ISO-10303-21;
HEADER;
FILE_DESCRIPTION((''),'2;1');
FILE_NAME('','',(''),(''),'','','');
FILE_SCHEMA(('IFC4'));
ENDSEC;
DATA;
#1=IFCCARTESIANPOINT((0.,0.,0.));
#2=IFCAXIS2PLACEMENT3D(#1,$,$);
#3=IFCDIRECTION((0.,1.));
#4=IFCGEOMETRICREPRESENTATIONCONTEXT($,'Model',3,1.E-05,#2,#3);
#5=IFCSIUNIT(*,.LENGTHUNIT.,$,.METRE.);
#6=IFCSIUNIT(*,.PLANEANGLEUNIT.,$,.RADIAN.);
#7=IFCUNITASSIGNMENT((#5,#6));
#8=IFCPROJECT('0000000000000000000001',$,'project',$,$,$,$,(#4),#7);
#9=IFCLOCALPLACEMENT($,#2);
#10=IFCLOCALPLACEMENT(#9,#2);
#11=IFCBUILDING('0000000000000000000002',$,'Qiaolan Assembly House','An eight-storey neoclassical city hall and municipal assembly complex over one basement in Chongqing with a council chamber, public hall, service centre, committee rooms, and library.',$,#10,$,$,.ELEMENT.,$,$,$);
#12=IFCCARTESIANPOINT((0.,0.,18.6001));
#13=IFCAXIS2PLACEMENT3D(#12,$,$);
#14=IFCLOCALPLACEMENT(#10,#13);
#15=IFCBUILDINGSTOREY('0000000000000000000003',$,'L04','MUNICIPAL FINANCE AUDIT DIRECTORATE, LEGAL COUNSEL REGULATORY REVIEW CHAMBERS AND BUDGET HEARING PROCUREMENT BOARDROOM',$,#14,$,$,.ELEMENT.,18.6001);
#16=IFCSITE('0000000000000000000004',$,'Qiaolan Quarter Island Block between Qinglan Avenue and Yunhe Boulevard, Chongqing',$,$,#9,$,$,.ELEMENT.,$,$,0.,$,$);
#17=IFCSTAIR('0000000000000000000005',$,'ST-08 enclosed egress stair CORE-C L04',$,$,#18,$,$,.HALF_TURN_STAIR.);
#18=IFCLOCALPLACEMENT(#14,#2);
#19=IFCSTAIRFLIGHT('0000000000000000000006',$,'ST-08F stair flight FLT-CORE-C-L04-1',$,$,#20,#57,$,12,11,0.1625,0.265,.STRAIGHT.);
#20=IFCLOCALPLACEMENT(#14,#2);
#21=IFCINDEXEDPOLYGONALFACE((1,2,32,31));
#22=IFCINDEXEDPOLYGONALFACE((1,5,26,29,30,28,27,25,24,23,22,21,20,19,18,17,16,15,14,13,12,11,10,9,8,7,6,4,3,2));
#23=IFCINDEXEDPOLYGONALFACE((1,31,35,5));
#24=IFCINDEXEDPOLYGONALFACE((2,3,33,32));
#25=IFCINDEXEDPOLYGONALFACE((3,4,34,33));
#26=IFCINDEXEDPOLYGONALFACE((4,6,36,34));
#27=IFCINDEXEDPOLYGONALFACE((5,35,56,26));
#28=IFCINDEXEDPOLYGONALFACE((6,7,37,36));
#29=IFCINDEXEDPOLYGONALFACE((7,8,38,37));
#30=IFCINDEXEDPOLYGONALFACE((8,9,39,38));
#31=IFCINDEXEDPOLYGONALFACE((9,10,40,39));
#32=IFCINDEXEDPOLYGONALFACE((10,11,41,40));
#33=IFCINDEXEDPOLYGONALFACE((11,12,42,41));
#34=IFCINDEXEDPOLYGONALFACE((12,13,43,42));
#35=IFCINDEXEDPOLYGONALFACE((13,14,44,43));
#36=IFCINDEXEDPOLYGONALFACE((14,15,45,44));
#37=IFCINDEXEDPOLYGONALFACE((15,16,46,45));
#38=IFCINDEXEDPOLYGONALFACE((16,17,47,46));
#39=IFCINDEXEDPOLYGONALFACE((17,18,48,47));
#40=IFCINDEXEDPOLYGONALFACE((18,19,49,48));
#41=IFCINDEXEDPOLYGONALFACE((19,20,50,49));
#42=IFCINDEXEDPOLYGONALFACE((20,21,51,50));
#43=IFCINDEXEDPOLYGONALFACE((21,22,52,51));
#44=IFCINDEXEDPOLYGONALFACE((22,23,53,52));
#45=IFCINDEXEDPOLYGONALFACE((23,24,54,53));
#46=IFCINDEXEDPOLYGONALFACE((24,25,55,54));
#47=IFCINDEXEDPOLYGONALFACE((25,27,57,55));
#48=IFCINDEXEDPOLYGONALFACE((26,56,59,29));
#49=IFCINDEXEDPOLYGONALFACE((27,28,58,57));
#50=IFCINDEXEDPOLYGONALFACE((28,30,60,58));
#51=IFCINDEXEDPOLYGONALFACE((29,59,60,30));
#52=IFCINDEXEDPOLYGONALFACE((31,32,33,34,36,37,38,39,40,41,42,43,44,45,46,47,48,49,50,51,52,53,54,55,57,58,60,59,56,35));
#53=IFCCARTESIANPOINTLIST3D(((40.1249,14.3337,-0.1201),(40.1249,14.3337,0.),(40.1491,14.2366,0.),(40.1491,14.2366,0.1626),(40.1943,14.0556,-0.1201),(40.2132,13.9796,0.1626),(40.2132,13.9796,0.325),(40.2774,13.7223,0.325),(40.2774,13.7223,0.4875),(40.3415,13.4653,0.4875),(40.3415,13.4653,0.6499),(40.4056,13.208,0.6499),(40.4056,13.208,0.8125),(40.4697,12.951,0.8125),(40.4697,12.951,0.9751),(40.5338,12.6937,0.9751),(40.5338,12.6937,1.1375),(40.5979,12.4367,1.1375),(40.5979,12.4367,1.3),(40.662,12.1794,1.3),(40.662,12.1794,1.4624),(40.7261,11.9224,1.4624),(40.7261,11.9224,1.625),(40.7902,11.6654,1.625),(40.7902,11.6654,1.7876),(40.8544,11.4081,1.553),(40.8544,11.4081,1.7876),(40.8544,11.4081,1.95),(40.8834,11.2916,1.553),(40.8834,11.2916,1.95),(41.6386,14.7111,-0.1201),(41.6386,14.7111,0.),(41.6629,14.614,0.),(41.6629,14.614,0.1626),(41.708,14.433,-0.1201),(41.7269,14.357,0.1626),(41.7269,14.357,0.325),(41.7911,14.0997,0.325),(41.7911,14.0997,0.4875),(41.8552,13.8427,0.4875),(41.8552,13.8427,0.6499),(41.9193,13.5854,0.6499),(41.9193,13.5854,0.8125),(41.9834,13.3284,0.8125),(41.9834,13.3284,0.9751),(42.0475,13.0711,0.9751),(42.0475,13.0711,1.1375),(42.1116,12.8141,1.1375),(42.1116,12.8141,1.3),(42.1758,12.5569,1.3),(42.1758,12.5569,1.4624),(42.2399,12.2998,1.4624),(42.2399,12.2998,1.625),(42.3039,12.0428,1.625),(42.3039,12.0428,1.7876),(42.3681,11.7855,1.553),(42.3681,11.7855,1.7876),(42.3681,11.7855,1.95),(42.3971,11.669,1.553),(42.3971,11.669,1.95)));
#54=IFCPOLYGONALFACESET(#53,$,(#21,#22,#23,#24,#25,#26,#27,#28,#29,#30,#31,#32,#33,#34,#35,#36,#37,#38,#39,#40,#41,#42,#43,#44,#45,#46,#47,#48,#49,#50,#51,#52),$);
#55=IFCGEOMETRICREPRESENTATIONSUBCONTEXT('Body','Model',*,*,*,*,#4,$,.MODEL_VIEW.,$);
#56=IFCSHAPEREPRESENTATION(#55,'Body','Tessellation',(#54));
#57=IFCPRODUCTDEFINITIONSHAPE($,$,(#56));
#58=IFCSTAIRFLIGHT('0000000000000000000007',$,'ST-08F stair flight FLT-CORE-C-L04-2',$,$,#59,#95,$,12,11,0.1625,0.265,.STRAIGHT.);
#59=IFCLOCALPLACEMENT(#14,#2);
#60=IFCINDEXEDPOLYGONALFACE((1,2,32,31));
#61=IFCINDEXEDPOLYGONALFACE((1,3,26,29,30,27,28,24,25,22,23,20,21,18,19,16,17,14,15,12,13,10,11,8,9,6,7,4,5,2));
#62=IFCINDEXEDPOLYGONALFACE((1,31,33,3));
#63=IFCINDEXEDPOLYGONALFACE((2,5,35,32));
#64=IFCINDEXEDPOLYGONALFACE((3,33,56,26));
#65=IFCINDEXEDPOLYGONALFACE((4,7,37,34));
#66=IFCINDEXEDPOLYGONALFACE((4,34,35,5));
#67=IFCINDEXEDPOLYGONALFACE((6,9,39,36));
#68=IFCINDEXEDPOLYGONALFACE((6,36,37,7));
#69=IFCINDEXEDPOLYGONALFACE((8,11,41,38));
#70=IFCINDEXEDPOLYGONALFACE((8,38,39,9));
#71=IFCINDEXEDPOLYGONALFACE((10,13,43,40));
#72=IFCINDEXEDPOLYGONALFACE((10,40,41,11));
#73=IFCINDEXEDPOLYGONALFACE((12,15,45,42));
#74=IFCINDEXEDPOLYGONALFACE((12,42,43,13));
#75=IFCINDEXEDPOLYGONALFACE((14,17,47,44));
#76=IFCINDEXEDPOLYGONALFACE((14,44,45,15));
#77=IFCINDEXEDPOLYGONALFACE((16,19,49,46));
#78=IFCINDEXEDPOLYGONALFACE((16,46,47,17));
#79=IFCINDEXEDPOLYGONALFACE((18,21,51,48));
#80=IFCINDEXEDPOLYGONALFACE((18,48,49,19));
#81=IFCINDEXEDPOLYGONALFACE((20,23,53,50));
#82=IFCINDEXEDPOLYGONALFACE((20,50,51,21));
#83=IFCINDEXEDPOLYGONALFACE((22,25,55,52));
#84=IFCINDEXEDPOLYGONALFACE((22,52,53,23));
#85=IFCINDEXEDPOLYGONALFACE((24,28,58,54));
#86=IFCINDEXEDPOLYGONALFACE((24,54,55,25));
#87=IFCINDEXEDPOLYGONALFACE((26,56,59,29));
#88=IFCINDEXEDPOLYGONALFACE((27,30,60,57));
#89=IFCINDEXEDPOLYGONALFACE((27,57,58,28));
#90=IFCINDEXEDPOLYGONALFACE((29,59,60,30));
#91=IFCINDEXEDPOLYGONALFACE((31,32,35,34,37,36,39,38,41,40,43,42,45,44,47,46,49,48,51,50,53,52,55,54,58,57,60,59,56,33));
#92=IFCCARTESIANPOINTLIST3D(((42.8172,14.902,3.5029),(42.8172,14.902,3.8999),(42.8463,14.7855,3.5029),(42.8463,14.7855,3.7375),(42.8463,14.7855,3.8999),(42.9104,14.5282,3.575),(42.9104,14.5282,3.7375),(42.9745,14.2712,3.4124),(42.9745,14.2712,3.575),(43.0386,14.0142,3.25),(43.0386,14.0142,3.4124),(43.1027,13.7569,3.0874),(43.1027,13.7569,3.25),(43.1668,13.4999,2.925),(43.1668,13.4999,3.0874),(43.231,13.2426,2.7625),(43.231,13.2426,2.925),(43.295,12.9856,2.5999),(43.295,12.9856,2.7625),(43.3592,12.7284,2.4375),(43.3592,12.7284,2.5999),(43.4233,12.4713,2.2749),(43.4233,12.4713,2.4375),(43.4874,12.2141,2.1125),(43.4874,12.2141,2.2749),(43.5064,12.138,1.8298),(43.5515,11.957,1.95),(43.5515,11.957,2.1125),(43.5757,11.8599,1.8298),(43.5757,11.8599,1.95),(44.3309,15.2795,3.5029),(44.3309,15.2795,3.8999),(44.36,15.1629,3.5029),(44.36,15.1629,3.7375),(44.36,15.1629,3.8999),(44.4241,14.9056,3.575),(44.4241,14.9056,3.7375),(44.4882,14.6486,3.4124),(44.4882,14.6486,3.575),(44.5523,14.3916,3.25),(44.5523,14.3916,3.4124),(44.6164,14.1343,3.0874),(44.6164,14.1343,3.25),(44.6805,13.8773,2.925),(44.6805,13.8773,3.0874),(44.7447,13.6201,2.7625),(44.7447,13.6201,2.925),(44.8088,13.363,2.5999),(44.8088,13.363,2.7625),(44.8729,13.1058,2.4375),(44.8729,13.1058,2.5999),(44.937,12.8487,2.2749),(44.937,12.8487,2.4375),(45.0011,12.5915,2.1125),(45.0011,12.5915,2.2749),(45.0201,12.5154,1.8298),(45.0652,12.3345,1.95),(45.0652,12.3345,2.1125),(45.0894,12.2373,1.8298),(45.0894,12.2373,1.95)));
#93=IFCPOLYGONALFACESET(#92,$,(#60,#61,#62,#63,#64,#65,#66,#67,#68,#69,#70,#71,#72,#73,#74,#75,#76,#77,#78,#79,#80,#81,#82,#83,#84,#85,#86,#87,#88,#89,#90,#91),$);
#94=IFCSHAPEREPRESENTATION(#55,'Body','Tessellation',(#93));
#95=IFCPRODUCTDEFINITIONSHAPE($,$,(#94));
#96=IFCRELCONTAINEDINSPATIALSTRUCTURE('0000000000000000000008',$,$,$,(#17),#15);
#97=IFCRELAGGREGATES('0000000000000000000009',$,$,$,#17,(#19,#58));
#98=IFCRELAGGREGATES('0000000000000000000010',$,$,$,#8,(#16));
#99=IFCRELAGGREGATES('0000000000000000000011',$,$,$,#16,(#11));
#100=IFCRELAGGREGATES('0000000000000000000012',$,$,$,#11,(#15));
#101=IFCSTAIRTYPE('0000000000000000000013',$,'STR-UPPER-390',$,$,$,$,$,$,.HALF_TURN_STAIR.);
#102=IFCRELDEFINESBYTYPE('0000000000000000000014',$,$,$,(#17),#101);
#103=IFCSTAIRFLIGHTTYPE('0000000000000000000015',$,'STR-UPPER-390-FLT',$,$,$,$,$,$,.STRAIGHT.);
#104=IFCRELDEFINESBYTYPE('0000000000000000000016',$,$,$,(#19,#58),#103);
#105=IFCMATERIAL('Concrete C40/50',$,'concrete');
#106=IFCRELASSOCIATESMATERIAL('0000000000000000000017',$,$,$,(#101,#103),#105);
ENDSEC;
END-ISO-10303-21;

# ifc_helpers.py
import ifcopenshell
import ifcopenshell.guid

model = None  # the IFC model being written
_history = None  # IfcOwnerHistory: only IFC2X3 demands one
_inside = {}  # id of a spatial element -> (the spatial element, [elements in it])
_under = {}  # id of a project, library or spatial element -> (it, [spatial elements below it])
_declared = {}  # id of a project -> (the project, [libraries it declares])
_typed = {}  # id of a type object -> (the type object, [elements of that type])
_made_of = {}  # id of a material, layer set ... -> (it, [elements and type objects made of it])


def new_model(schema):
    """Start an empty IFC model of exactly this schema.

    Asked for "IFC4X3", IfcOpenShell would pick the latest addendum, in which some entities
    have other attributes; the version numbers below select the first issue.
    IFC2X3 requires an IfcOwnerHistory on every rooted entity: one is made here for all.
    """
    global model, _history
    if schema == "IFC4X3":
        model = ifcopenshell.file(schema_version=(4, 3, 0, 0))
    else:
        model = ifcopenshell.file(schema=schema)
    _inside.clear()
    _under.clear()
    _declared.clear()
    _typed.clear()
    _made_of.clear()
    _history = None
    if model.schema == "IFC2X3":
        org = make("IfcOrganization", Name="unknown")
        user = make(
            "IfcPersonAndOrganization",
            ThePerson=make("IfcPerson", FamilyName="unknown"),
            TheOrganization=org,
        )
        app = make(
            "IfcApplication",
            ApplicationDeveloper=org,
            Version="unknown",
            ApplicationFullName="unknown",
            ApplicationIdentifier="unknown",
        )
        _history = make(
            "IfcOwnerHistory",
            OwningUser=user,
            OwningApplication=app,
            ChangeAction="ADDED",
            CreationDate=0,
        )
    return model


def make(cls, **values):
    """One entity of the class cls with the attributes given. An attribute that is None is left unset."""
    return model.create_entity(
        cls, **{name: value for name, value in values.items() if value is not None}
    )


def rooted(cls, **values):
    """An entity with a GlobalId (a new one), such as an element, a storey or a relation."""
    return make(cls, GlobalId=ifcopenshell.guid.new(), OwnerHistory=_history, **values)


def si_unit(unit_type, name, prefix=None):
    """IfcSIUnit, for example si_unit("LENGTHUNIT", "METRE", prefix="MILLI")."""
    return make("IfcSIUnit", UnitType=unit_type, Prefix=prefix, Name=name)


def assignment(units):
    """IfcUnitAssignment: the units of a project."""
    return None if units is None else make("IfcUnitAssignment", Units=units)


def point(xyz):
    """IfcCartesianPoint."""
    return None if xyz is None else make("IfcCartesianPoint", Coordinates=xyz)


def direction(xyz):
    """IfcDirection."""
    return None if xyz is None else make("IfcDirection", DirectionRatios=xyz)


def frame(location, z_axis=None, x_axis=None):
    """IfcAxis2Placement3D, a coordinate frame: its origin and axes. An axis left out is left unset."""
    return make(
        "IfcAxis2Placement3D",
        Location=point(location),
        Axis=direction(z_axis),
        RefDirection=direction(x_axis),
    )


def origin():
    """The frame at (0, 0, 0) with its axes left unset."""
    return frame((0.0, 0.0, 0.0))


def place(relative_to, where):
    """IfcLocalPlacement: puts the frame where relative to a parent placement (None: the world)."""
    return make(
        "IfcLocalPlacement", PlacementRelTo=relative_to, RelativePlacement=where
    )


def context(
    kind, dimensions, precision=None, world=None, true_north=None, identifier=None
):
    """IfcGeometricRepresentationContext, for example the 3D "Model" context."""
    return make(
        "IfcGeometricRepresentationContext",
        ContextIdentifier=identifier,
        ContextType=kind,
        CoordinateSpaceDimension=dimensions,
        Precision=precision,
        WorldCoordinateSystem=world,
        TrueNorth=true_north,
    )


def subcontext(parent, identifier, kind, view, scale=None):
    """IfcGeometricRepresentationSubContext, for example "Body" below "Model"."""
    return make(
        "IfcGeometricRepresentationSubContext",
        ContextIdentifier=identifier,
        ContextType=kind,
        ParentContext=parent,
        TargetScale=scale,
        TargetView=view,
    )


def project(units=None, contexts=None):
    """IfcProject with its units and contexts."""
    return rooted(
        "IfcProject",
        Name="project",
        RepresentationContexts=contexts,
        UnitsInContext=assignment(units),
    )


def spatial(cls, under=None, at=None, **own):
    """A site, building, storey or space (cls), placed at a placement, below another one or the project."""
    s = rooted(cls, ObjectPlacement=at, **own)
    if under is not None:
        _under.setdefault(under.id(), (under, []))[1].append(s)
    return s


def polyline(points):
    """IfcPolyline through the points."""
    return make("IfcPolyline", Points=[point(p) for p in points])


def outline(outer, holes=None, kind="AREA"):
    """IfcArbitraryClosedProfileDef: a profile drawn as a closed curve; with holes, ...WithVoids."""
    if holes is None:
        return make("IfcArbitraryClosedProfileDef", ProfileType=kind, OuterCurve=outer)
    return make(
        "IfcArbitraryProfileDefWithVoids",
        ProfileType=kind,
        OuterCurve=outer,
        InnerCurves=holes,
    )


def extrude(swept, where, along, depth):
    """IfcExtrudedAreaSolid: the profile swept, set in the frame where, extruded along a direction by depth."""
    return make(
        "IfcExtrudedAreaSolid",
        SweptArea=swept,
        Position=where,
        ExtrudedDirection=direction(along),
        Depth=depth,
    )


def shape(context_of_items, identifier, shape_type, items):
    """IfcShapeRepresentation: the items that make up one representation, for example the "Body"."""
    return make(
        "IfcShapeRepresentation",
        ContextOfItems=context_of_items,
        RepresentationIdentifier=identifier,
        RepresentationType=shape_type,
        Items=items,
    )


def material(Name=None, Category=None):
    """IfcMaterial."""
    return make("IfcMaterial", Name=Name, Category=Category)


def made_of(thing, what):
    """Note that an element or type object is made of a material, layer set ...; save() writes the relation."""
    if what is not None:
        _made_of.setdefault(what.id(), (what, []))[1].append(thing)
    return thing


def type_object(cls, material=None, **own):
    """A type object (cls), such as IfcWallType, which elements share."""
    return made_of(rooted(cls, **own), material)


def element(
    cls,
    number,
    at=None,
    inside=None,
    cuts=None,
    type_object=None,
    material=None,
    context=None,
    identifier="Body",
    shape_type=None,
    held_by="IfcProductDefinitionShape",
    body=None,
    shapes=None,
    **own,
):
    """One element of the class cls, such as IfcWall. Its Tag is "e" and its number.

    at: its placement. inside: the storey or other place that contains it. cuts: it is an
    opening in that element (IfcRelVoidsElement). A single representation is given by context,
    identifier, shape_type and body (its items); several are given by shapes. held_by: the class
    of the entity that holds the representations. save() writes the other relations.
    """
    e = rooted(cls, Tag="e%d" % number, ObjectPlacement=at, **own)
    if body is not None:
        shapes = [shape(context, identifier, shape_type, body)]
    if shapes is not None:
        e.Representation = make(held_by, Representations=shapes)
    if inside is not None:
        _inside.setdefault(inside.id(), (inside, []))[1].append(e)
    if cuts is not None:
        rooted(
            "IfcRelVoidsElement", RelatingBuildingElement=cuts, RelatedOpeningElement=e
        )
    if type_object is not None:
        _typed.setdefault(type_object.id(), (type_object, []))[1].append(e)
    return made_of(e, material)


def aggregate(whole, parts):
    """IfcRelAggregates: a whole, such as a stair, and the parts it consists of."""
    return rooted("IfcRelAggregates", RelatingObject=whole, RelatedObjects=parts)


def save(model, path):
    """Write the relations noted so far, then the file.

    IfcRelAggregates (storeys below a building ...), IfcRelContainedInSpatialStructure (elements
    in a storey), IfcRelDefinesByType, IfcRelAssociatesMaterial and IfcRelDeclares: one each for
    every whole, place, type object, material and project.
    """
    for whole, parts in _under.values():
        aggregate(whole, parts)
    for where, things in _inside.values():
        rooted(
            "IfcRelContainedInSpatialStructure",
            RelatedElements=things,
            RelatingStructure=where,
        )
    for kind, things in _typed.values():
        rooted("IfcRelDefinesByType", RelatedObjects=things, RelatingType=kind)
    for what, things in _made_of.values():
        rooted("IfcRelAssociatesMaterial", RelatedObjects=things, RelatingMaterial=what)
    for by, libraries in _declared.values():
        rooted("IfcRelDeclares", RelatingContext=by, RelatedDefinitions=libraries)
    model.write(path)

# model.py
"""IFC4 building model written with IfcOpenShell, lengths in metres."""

from ifc_helpers import new_model, si_unit, direction, frame, origin, place, context, subcontext, project, spatial, polyline, outline, extrude, material, type_object, element, aggregate, save


model = new_model("IFC4")

# Units and contexts
model_context = context("Model", 3, precision=1e-05, world=origin(), true_north=direction((0.0, 1.0)))
body_context = subcontext(model_context, "Body", "Model", "MODEL_VIEW")
ifc_project = project(units=[si_unit("LENGTHUNIT", "METRE"), si_unit("PLANEANGLEUNIT", "RADIAN")], contexts=[model_context])

# Site, building, storey
site_placement = place(None, origin())
site = spatial("IfcSite", under=ifc_project, at=site_placement, Name="Qiaolan Quarter Island Block between Qinglan Avenue and Yunhe Boulevard, Chongqing", CompositionType="ELEMENT", RefElevation=0.0)
building_placement = place(site_placement, origin())
building = spatial("IfcBuilding", under=site, at=building_placement, Name="Qiaolan Assembly House", Description="An eight-storey neoclassical city hall and municipal assembly complex over one basement in Chongqing with a council chamber, public hall, service centre, committee rooms, and library.", CompositionType="ELEMENT")
storey_placement = place(building_placement, frame((0.0, 0.0, 18.6001)))
storey = spatial("IfcBuildingStorey", under=building, at=storey_placement, Name="L04", Description="MUNICIPAL FINANCE AUDIT DIRECTORATE, LEGAL COUNSEL REGULATORY REVIEW CHAMBERS AND BUDGET HEARING PROCUREMENT BOARDROOM", CompositionType="ELEMENT", Elevation=18.6001)

# Shared definitions
ifc_material_1 = material(Name="Concrete C40/50", Category="concrete")

# Stair, stair flights
stair_type = type_object("IfcStairType", Name="STR-UPPER-390", PredefinedType="HALF_TURN_STAIR", material=ifc_material_1)
stair_placement = place(storey_placement, origin())
stair = element("IfcStair", 1, at=stair_placement, inside=storey, type_object=stair_type, Name="ST-08 enclosed egress stair CORE-C L04", PredefinedType="HALF_TURN_STAIR")
stair_flight_type = type_object("IfcStairFlightType", Name="STR-UPPER-390-FLT", PredefinedType="STRAIGHT", material=ifc_material_1)
stair_flight_1_placement = place(storey_placement, frame((40.906, 14.4253, 0.0), z_axis=(0.0, 0.0, 1.0), x_axis=(0.241922, -0.970296, 0.0)))
stair_flight_1 = element("IfcStairFlight", 2, at=stair_flight_1_placement, type_object=stair_flight_type, Name="ST-08F stair flight FLT-CORE-C-L04-1", NumberOfRisers=12, NumberOfTreads=11, PredefinedType="STRAIGHT", RiserHeight=0.1625, TreadLength=0.265, context=body_context, shape_type="SweptSolid", body=[
    extrude(outline(polyline([(-0.1001, -0.1201), (-0.1001, 0.0), (0.0, 0.0), (0.0, 0.1626), (0.2649, 0.1626), (0.2649, 0.325), (0.53, 0.325), (0.53, 0.4875), (0.7949, 0.4875), (0.7949, 0.6499), (1.0601, 0.6499), (1.0601, 0.8125), (1.325, 0.8125), (1.325, 0.9751), (1.5901, 0.9751), (1.5901, 1.1375), (1.855, 1.1375), (1.855, 1.3), (2.1201, 1.3), (2.1201, 1.4624), (2.385, 1.4624), (2.385, 1.625), (2.6499, 1.625), (2.6499, 1.7876), (2.915, 1.7876), (2.915, 1.95), (3.0352, 1.95), (3.0352, 1.553), (2.915, 1.553), (0.1865, -0.1201), (-0.1001, -0.1201)])), frame((0.0, 0.78, 0.0), z_axis=(0.0, -1.0, 0.0), x_axis=(1.0, 0.0, 0.0)), (0.0, 0.0, 1.0), 1.5601),
])
stair_flight_2_placement = place(storey_placement, frame((44.3083, 12.1458, 1.95), z_axis=(0.0, 0.0, 1.0), x_axis=(-0.241922, 0.970296, 0.0)))
stair_flight_2 = element("IfcStairFlight", 3, at=stair_flight_2_placement, type_object=stair_flight_type, Name="ST-08F stair flight FLT-CORE-C-L04-2", NumberOfRisers=12, NumberOfTreads=11, PredefinedType="STRAIGHT", RiserHeight=0.1625, TreadLength=0.265, context=body_context, shape_type="SweptSolid", body=[
    extrude(outline(polyline([(-0.1001, -0.1201), (-0.1001, 0.0), (0.0, 0.0), (0.0, 0.1626), (0.2649, 0.1626), (0.2649, 0.325), (0.53, 0.325), (0.53, 0.4875), (0.7949, 0.4875), (0.7949, 0.6499), (1.0601, 0.6499), (1.0601, 0.8125), (1.325, 0.8125), (1.325, 0.9751), (1.5901, 0.9751), (1.5901, 1.1375), (1.855, 1.1375), (1.855, 1.3), (2.1201, 1.3), (2.1201, 1.4624), (2.385, 1.4624), (2.385, 1.625), (2.6499, 1.625), (2.6499, 1.7876), (2.915, 1.7876), (2.915, 1.95), (3.0352, 1.95), (3.0352, 1.553), (2.915, 1.553), (0.1865, -0.1201), (-0.1001, -0.1201)])), frame((0.0, 0.78, 0.0), z_axis=(0.0, -1.0, 0.0), x_axis=(1.0, 0.0, 0.0)), (0.0, 0.0, 1.0), 1.5601),
])
aggregate(stair, [stair_flight_1, stair_flight_2])

save(model, "model.ifc")
